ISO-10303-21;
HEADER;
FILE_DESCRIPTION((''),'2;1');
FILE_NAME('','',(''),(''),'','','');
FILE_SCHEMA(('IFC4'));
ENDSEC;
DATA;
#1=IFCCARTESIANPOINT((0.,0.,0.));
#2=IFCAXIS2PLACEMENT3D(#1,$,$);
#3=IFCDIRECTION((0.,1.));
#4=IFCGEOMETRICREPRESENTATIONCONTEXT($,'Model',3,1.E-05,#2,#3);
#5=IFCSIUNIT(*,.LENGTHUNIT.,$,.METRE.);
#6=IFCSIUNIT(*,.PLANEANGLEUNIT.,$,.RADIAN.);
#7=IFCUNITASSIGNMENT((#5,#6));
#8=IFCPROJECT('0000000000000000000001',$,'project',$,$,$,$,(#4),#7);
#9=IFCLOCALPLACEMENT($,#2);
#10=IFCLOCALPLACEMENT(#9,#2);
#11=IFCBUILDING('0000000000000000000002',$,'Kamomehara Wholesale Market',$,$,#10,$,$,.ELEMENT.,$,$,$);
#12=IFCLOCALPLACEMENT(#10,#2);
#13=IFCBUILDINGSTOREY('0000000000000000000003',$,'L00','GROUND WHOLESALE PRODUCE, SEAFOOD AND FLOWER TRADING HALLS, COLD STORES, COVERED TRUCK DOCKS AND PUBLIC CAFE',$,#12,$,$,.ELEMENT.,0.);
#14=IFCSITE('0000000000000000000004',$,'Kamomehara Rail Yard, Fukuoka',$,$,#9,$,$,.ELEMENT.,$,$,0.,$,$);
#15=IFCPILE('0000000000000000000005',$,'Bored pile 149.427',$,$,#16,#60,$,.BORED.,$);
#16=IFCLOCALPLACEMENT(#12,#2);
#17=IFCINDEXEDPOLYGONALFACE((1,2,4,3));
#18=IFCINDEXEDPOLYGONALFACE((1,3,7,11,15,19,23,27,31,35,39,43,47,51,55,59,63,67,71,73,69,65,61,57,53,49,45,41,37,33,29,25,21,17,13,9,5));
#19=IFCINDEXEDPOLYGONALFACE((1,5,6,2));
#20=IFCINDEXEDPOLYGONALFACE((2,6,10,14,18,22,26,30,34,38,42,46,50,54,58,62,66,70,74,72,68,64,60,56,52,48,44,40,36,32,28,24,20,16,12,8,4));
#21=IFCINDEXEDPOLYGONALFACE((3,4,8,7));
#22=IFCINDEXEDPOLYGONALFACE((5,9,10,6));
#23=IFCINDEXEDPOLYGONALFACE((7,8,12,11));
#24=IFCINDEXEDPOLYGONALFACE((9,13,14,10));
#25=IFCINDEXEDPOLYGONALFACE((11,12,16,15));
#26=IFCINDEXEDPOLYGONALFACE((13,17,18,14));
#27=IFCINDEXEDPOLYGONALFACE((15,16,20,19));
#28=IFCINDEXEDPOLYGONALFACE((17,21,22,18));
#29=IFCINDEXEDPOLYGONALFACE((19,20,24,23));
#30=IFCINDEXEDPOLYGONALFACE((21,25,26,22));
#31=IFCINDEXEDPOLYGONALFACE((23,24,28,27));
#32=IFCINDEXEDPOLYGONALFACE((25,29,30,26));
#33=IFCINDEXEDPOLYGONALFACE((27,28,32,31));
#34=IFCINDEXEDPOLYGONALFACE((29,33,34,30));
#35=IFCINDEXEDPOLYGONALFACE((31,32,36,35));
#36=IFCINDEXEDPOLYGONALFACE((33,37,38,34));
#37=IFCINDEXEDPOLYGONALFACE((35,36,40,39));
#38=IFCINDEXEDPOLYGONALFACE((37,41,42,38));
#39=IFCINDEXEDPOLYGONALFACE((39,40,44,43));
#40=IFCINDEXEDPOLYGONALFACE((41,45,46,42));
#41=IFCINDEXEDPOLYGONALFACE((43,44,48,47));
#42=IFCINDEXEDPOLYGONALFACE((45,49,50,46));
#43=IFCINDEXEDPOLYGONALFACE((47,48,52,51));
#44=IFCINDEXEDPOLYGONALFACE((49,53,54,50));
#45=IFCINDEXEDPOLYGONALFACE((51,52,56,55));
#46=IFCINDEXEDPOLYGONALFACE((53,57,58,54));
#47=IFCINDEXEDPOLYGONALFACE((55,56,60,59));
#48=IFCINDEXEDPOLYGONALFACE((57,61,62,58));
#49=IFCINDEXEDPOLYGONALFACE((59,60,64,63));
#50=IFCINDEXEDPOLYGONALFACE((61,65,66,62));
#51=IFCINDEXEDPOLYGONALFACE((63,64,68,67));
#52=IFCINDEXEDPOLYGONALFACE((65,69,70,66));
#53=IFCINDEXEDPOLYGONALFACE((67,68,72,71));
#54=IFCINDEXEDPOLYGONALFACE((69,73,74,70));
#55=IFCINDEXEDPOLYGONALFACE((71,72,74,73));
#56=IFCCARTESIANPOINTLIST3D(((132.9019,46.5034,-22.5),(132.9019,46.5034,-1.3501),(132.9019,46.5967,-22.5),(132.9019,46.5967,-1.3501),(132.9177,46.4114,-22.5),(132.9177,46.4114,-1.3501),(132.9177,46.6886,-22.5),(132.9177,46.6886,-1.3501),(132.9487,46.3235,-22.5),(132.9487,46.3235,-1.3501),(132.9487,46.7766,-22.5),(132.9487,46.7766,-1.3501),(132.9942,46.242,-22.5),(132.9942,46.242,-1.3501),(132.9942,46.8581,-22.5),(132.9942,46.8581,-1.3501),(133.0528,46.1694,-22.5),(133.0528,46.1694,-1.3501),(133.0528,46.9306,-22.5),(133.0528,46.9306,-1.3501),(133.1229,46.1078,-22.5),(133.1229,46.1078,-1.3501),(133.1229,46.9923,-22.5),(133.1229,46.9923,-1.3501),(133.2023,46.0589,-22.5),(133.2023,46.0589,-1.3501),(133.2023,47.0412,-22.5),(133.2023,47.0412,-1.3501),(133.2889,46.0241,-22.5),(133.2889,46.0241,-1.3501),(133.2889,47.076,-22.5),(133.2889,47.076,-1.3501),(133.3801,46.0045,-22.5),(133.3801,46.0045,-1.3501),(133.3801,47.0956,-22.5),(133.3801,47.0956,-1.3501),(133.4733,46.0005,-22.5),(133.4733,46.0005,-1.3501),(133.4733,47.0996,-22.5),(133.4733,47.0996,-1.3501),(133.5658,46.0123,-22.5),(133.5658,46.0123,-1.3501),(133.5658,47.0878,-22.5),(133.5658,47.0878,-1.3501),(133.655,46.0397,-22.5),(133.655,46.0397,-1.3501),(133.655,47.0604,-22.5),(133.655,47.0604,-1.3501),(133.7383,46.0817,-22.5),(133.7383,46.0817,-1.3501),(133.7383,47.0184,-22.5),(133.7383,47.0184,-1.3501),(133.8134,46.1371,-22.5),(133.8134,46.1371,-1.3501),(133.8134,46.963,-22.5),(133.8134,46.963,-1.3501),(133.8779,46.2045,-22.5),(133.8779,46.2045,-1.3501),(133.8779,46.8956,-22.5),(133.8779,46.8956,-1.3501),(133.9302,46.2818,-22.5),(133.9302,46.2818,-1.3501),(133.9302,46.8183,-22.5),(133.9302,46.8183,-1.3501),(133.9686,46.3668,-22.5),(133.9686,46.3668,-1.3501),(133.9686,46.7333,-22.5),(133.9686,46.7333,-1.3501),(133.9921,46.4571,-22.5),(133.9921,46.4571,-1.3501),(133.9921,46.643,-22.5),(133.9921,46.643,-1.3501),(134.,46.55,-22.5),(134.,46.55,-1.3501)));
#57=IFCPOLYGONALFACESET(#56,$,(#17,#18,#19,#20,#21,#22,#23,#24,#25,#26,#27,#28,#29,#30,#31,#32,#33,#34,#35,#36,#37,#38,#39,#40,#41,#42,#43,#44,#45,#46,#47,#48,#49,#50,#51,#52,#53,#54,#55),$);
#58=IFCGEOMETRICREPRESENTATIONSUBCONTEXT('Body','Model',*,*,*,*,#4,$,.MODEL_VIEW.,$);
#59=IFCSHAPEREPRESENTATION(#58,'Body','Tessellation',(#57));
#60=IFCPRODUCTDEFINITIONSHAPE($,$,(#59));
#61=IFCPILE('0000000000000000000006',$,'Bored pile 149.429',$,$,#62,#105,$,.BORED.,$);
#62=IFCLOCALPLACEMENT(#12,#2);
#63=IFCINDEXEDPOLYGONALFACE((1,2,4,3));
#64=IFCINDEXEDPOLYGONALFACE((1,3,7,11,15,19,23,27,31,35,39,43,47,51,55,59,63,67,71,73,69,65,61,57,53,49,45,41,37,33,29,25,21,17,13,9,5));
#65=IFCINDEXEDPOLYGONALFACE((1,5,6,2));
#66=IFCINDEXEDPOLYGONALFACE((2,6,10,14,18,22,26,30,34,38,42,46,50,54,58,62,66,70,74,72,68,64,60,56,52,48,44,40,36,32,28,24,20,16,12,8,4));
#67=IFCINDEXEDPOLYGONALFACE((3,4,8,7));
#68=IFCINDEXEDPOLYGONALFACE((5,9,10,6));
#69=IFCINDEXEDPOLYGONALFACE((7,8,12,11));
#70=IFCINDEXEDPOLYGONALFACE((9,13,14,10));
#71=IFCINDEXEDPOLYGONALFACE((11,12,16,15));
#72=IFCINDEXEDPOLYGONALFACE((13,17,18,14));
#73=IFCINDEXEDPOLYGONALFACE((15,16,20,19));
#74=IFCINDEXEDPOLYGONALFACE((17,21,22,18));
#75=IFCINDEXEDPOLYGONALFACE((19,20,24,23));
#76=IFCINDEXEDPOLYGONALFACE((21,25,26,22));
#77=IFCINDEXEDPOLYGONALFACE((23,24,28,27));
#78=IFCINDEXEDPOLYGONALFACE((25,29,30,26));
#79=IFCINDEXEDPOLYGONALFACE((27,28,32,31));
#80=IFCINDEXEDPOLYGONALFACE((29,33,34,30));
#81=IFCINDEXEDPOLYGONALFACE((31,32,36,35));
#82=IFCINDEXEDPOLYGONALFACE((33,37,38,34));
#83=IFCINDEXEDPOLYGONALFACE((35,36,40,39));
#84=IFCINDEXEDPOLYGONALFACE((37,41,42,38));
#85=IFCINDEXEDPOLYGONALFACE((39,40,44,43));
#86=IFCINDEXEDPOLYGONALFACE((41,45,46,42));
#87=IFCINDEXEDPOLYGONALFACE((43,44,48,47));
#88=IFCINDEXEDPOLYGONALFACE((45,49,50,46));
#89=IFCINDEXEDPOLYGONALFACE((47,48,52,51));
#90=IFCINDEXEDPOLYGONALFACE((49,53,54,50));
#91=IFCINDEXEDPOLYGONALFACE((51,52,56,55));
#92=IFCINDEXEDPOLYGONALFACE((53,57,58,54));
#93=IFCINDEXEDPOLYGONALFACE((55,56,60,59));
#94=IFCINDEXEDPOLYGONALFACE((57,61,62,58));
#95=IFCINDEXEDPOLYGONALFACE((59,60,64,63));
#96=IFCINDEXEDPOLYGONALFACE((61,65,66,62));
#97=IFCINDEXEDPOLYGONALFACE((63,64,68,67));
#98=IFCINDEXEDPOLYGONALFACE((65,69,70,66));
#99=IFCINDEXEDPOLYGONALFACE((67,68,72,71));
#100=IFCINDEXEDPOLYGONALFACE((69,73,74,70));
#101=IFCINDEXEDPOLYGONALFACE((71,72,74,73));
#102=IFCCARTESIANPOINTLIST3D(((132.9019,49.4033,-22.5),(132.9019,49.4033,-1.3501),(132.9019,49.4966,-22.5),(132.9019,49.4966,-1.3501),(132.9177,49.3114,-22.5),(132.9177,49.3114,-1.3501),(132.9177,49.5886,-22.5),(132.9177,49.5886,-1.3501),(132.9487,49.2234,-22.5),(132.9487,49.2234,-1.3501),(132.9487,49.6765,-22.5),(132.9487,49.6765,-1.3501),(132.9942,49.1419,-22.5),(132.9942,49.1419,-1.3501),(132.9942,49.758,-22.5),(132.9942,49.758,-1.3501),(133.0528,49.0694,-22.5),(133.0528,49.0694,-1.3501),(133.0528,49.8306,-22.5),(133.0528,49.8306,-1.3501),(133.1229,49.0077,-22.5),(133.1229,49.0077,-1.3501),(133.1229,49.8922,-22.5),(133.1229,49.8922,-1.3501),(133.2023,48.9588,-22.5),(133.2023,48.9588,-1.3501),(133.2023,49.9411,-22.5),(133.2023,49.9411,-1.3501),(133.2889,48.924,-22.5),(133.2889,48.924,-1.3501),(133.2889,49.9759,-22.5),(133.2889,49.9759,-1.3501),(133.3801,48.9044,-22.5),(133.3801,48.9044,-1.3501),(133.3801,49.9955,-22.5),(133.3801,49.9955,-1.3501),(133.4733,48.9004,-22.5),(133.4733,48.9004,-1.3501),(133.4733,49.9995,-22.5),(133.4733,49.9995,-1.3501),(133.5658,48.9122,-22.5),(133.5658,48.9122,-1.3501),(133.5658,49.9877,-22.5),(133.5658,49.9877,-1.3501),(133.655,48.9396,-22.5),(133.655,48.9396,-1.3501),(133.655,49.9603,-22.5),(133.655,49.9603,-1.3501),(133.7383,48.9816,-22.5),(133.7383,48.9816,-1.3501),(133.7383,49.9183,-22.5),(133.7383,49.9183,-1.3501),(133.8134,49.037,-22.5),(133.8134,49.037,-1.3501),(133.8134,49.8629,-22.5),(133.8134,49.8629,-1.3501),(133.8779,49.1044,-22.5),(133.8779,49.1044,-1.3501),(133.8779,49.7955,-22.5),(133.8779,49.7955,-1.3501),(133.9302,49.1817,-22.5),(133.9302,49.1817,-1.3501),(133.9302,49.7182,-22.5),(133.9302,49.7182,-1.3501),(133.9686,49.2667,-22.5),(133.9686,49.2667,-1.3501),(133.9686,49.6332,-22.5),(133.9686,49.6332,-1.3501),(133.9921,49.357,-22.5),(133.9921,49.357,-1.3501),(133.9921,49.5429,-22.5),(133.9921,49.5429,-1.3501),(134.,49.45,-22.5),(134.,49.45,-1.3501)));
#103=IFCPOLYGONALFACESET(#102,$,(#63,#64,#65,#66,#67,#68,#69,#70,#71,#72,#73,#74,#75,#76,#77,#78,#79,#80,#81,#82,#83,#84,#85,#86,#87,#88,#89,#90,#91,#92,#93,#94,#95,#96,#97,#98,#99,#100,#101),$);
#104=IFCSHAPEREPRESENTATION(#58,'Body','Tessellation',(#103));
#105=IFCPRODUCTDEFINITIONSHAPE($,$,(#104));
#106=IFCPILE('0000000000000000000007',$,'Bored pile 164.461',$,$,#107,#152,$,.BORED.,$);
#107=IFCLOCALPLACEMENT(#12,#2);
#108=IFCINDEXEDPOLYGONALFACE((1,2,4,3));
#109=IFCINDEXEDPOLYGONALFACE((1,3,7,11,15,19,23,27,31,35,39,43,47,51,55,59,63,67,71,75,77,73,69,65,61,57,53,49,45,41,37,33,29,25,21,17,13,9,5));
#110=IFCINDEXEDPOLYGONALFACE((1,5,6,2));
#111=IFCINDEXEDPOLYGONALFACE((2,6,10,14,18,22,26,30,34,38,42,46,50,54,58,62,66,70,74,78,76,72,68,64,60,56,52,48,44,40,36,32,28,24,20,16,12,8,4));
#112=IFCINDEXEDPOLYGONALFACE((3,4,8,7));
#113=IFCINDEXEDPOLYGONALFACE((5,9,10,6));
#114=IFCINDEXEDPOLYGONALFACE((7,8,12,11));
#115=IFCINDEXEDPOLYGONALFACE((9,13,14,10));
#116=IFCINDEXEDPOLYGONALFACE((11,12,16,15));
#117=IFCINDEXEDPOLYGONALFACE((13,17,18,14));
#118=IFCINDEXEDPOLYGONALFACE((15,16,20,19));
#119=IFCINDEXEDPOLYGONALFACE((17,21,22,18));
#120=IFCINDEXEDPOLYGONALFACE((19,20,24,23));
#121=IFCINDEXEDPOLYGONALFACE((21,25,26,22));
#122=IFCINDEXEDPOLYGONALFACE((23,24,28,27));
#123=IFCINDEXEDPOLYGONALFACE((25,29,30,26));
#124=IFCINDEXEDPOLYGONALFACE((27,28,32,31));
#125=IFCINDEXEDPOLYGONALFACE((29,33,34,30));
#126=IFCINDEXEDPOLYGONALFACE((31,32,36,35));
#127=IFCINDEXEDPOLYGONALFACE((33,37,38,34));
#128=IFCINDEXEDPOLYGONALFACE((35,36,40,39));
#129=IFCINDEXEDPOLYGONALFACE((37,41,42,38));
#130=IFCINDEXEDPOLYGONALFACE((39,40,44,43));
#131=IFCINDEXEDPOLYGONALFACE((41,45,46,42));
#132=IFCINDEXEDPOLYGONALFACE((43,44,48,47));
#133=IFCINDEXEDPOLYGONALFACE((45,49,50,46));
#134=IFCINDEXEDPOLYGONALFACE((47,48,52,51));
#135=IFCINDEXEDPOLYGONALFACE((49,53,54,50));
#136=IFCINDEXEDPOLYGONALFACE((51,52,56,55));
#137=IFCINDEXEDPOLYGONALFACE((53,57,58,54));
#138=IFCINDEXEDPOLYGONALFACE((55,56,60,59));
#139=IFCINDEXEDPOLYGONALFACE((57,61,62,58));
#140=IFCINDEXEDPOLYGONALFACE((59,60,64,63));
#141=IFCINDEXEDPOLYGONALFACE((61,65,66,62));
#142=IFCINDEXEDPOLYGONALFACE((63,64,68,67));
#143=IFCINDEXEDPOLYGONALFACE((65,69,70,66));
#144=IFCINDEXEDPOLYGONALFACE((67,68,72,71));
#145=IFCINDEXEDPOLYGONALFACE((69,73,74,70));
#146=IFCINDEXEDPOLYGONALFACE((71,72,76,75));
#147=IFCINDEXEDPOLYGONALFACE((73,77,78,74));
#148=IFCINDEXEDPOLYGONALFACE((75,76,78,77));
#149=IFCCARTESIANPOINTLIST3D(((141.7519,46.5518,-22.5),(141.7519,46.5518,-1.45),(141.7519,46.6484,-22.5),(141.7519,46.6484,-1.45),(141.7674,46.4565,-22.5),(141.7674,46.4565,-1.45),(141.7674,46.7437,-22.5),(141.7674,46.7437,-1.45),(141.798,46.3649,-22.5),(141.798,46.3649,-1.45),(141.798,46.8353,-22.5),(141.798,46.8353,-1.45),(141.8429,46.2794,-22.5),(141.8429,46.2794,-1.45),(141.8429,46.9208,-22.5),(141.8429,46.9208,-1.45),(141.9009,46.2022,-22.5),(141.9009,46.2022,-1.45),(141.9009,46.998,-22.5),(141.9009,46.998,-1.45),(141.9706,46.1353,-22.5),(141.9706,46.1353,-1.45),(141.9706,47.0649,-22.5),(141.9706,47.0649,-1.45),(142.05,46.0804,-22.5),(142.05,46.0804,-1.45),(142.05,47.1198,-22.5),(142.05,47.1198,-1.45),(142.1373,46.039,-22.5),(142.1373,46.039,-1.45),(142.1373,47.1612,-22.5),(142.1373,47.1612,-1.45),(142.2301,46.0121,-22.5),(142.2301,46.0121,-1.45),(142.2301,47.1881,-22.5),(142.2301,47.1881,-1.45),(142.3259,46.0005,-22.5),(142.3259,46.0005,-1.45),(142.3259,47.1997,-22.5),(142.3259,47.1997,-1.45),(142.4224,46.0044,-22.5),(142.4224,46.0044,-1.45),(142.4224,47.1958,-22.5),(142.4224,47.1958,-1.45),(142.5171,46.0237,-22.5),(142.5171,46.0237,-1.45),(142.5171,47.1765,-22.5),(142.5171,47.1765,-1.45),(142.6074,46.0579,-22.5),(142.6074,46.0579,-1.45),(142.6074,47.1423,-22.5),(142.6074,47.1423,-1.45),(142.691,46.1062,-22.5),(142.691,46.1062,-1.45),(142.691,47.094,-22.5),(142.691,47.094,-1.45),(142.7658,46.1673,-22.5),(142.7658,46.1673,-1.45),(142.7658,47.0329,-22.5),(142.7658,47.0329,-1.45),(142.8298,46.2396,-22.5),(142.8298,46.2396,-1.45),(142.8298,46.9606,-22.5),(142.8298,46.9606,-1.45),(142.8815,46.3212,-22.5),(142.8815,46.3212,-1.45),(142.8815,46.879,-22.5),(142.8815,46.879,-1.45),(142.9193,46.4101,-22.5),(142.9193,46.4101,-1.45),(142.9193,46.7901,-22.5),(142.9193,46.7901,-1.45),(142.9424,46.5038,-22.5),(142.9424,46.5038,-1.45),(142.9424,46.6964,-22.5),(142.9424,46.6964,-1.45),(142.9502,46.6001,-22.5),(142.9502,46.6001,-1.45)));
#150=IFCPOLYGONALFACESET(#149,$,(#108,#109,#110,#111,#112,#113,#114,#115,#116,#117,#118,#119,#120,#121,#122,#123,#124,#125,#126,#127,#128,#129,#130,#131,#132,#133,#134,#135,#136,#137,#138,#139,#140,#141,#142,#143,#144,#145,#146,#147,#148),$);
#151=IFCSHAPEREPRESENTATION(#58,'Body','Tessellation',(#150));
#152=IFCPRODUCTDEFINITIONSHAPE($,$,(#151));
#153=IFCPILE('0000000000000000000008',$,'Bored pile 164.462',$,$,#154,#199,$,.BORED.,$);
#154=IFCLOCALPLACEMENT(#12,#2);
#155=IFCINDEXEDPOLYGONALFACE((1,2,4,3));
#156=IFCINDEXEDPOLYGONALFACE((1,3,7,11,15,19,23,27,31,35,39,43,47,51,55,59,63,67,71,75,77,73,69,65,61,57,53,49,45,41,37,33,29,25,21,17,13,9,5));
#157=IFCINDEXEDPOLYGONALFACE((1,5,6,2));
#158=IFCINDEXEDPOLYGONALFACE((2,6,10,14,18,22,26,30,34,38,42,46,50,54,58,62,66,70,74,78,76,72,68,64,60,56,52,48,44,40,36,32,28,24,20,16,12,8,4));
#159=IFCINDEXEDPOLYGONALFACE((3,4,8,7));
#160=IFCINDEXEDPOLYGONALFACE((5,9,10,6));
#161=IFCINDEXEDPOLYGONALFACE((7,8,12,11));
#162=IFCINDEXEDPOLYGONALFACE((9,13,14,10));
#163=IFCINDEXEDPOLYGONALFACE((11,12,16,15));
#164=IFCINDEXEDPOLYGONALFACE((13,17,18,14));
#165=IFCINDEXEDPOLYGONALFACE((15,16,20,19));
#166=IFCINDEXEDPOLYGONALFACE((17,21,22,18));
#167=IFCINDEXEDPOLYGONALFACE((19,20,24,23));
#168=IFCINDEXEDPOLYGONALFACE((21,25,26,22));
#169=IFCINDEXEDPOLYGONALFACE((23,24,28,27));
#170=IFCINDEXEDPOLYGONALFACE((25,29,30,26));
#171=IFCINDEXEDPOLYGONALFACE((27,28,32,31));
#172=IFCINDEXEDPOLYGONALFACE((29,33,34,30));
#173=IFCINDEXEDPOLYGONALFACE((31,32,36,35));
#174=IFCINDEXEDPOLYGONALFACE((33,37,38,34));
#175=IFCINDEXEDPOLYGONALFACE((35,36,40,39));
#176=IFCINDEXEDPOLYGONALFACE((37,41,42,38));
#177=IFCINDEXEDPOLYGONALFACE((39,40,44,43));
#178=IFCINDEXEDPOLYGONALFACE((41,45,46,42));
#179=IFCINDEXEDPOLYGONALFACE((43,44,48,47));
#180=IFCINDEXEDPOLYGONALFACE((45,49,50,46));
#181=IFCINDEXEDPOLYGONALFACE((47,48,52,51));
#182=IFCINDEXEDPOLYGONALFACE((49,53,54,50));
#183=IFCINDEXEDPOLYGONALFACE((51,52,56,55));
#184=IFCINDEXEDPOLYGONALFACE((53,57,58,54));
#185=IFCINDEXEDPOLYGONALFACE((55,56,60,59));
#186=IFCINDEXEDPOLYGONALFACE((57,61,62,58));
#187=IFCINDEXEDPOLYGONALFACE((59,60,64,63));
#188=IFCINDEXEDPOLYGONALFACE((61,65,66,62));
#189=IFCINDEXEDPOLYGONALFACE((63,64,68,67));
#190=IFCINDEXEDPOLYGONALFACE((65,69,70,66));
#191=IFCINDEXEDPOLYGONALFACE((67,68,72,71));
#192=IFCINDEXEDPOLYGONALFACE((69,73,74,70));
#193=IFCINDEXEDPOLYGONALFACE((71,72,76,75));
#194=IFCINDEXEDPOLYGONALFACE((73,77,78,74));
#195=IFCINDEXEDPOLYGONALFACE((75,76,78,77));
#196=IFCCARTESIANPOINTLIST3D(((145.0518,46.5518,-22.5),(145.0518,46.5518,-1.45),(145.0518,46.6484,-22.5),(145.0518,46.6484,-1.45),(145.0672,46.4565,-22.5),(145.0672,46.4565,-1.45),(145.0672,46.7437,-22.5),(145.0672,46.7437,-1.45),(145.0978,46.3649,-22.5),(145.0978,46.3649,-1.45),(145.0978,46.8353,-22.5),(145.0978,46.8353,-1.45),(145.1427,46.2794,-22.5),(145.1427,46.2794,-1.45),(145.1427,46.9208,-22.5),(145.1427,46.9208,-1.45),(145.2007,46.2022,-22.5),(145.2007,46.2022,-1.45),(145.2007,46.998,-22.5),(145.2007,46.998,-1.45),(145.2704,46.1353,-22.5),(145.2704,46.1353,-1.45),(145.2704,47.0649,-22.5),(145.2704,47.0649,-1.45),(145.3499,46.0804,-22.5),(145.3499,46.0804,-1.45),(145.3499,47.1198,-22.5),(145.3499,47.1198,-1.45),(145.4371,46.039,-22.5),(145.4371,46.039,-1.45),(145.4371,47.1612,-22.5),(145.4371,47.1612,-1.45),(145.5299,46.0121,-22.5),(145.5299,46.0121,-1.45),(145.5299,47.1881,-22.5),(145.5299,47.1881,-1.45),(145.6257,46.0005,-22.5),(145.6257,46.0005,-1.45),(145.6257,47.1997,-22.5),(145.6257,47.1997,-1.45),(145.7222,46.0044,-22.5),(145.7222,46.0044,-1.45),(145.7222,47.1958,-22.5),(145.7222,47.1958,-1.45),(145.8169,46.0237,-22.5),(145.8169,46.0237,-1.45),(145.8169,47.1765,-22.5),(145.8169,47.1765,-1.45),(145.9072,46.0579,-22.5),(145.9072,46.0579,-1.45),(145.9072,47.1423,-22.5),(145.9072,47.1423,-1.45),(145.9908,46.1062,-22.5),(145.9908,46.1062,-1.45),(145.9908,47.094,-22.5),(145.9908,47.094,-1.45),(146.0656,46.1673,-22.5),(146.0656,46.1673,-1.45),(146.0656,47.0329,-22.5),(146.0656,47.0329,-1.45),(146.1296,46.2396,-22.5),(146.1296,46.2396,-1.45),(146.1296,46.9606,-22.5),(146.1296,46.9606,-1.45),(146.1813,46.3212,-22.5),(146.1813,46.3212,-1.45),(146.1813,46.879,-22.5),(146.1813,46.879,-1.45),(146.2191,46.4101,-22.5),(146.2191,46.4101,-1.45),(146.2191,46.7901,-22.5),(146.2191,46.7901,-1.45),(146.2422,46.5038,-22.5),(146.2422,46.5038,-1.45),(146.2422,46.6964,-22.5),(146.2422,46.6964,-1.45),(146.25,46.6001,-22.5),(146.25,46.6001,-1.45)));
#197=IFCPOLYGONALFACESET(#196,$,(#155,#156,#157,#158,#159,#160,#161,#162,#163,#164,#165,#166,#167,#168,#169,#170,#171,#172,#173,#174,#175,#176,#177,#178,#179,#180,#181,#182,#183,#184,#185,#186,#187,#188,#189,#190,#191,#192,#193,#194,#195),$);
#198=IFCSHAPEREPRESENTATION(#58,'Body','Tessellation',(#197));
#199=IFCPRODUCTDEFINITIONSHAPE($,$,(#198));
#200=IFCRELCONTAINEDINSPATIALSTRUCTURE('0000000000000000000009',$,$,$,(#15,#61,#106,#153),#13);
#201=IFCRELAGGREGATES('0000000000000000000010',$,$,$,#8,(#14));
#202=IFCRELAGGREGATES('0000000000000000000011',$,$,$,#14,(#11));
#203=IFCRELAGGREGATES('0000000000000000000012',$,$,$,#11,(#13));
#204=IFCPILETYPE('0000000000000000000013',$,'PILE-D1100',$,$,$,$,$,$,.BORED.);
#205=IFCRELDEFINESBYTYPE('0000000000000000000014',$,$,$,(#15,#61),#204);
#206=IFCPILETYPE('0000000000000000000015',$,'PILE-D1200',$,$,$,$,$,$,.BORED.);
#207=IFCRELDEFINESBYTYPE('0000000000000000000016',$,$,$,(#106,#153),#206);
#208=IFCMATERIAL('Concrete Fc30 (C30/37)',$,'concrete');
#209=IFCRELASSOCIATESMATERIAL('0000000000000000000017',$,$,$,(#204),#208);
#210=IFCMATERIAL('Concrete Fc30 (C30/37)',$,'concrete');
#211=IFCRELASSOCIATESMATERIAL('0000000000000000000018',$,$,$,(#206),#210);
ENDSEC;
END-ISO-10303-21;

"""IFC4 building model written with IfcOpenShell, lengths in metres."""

from ifc_helpers import new_model, si_unit, direction, frame, origin, origin_2d, place, context, subcontext, project, spatial, circle, extrude, material, material_profile, profile_set, type_object, element, save


model = new_model("IFC4")

# Units and contexts
model_context = context("Model", 3, precision=1e-05, world=origin(), true_north=direction((0.0, 1.0)))
body_context = subcontext(model_context, "Body", "Model", "MODEL_VIEW")
ifc_project = project(units=[si_unit("LENGTHUNIT", "METRE"), si_unit("PLANEANGLEUNIT", "RADIAN")], contexts=[model_context])

# Site, building, storey
site_placement = place(None, origin())
site = spatial("IfcSite", under=ifc_project, at=site_placement, Name="Kamomehara Rail Yard, Fukuoka", CompositionType="ELEMENT", RefElevation=0.0)
building_placement = place(site_placement, origin())
building = spatial("IfcBuilding", under=site, at=building_placement, Name="Kamomehara Wholesale Market", CompositionType="ELEMENT")
storey_placement = place(building_placement, origin())
storey = spatial("IfcBuildingStorey", under=building, at=storey_placement, Name="L00", Description="GROUND WHOLESALE PRODUCE, SEAFOOD AND FLOWER TRADING HALLS, COLD STORES, COVERED TRUCK DOCKS AND PUBLIC CAFE", CompositionType="ELEMENT", Elevation=0.0)

# Piles
ifc_material_1 = material(Name="Concrete Fc30 (C30/37)", Category="concrete")
ifc_material_profile_1 = material_profile(ifc_material_1, circle(Radius=0.55, at=origin_2d()), Name="RC-PILE-D1100")
ifc_profile_set_1 = profile_set([ifc_material_profile_1], Name="Concrete Fc30 (C30/37)")
pile_type_1 = type_object("IfcPileType", Name="PILE-D1100", PredefinedType="BORED", material=ifc_profile_set_1)
for number, where, z_axis, x_axis, name in (
    (1, (133.45, 46.55, -1.3501), (0.0, 0.0, -1.0), (1.0, 0.0, 0.0), "Bored pile 149.427"),
    (2, (133.45, 49.45, -1.3501), (0.0, 0.0, -1.0), (1.0, 0.0, 0.0), "Bored pile 149.429"),
):
    element("IfcPile", number, at=place(storey_placement, frame(where, z_axis=z_axis, x_axis=x_axis)), inside=storey, type_object=pile_type_1, Name=name, PredefinedType="BORED", context=body_context, shape_type="SweptSolid", body=[
        extrude(circle(Radius=0.55, at=origin_2d()), origin(), (0.0, 0.0, 1.0), 21.1499),
    ])
ifc_material_2 = material(Name="Concrete Fc30 (C30/37)", Category="concrete")
ifc_material_profile_2 = material_profile(ifc_material_2, circle(Radius=0.6001, at=origin_2d()), Name="RC-PILE-D1200")
ifc_profile_set_2 = profile_set([ifc_material_profile_2], Name="Concrete Fc30 (C30/37)")
pile_type_2 = type_object("IfcPileType", Name="PILE-D1200", PredefinedType="BORED", material=ifc_profile_set_2)
for number, where, z_axis, x_axis, name in (
    (3, (142.3501, 46.6001, -1.45), (0.0, 0.0, -1.0), (1.0, 0.0, 0.0), "Bored pile 164.461"),
    (4, (145.6499, 46.6001, -1.45), (0.0, 0.0, -1.0), (1.0, 0.0, 0.0), "Bored pile 164.462"),
):
    element("IfcPile", number, at=place(storey_placement, frame(where, z_axis=z_axis, x_axis=x_axis)), inside=storey, type_object=pile_type_2, Name=name, PredefinedType="BORED", context=body_context, shape_type="SweptSolid", body=[
        extrude(circle(Radius=0.6001, at=origin_2d()), origin(), (0.0, 0.0, 1.0), 21.05),
    ])

save(model, "model.ifc")
